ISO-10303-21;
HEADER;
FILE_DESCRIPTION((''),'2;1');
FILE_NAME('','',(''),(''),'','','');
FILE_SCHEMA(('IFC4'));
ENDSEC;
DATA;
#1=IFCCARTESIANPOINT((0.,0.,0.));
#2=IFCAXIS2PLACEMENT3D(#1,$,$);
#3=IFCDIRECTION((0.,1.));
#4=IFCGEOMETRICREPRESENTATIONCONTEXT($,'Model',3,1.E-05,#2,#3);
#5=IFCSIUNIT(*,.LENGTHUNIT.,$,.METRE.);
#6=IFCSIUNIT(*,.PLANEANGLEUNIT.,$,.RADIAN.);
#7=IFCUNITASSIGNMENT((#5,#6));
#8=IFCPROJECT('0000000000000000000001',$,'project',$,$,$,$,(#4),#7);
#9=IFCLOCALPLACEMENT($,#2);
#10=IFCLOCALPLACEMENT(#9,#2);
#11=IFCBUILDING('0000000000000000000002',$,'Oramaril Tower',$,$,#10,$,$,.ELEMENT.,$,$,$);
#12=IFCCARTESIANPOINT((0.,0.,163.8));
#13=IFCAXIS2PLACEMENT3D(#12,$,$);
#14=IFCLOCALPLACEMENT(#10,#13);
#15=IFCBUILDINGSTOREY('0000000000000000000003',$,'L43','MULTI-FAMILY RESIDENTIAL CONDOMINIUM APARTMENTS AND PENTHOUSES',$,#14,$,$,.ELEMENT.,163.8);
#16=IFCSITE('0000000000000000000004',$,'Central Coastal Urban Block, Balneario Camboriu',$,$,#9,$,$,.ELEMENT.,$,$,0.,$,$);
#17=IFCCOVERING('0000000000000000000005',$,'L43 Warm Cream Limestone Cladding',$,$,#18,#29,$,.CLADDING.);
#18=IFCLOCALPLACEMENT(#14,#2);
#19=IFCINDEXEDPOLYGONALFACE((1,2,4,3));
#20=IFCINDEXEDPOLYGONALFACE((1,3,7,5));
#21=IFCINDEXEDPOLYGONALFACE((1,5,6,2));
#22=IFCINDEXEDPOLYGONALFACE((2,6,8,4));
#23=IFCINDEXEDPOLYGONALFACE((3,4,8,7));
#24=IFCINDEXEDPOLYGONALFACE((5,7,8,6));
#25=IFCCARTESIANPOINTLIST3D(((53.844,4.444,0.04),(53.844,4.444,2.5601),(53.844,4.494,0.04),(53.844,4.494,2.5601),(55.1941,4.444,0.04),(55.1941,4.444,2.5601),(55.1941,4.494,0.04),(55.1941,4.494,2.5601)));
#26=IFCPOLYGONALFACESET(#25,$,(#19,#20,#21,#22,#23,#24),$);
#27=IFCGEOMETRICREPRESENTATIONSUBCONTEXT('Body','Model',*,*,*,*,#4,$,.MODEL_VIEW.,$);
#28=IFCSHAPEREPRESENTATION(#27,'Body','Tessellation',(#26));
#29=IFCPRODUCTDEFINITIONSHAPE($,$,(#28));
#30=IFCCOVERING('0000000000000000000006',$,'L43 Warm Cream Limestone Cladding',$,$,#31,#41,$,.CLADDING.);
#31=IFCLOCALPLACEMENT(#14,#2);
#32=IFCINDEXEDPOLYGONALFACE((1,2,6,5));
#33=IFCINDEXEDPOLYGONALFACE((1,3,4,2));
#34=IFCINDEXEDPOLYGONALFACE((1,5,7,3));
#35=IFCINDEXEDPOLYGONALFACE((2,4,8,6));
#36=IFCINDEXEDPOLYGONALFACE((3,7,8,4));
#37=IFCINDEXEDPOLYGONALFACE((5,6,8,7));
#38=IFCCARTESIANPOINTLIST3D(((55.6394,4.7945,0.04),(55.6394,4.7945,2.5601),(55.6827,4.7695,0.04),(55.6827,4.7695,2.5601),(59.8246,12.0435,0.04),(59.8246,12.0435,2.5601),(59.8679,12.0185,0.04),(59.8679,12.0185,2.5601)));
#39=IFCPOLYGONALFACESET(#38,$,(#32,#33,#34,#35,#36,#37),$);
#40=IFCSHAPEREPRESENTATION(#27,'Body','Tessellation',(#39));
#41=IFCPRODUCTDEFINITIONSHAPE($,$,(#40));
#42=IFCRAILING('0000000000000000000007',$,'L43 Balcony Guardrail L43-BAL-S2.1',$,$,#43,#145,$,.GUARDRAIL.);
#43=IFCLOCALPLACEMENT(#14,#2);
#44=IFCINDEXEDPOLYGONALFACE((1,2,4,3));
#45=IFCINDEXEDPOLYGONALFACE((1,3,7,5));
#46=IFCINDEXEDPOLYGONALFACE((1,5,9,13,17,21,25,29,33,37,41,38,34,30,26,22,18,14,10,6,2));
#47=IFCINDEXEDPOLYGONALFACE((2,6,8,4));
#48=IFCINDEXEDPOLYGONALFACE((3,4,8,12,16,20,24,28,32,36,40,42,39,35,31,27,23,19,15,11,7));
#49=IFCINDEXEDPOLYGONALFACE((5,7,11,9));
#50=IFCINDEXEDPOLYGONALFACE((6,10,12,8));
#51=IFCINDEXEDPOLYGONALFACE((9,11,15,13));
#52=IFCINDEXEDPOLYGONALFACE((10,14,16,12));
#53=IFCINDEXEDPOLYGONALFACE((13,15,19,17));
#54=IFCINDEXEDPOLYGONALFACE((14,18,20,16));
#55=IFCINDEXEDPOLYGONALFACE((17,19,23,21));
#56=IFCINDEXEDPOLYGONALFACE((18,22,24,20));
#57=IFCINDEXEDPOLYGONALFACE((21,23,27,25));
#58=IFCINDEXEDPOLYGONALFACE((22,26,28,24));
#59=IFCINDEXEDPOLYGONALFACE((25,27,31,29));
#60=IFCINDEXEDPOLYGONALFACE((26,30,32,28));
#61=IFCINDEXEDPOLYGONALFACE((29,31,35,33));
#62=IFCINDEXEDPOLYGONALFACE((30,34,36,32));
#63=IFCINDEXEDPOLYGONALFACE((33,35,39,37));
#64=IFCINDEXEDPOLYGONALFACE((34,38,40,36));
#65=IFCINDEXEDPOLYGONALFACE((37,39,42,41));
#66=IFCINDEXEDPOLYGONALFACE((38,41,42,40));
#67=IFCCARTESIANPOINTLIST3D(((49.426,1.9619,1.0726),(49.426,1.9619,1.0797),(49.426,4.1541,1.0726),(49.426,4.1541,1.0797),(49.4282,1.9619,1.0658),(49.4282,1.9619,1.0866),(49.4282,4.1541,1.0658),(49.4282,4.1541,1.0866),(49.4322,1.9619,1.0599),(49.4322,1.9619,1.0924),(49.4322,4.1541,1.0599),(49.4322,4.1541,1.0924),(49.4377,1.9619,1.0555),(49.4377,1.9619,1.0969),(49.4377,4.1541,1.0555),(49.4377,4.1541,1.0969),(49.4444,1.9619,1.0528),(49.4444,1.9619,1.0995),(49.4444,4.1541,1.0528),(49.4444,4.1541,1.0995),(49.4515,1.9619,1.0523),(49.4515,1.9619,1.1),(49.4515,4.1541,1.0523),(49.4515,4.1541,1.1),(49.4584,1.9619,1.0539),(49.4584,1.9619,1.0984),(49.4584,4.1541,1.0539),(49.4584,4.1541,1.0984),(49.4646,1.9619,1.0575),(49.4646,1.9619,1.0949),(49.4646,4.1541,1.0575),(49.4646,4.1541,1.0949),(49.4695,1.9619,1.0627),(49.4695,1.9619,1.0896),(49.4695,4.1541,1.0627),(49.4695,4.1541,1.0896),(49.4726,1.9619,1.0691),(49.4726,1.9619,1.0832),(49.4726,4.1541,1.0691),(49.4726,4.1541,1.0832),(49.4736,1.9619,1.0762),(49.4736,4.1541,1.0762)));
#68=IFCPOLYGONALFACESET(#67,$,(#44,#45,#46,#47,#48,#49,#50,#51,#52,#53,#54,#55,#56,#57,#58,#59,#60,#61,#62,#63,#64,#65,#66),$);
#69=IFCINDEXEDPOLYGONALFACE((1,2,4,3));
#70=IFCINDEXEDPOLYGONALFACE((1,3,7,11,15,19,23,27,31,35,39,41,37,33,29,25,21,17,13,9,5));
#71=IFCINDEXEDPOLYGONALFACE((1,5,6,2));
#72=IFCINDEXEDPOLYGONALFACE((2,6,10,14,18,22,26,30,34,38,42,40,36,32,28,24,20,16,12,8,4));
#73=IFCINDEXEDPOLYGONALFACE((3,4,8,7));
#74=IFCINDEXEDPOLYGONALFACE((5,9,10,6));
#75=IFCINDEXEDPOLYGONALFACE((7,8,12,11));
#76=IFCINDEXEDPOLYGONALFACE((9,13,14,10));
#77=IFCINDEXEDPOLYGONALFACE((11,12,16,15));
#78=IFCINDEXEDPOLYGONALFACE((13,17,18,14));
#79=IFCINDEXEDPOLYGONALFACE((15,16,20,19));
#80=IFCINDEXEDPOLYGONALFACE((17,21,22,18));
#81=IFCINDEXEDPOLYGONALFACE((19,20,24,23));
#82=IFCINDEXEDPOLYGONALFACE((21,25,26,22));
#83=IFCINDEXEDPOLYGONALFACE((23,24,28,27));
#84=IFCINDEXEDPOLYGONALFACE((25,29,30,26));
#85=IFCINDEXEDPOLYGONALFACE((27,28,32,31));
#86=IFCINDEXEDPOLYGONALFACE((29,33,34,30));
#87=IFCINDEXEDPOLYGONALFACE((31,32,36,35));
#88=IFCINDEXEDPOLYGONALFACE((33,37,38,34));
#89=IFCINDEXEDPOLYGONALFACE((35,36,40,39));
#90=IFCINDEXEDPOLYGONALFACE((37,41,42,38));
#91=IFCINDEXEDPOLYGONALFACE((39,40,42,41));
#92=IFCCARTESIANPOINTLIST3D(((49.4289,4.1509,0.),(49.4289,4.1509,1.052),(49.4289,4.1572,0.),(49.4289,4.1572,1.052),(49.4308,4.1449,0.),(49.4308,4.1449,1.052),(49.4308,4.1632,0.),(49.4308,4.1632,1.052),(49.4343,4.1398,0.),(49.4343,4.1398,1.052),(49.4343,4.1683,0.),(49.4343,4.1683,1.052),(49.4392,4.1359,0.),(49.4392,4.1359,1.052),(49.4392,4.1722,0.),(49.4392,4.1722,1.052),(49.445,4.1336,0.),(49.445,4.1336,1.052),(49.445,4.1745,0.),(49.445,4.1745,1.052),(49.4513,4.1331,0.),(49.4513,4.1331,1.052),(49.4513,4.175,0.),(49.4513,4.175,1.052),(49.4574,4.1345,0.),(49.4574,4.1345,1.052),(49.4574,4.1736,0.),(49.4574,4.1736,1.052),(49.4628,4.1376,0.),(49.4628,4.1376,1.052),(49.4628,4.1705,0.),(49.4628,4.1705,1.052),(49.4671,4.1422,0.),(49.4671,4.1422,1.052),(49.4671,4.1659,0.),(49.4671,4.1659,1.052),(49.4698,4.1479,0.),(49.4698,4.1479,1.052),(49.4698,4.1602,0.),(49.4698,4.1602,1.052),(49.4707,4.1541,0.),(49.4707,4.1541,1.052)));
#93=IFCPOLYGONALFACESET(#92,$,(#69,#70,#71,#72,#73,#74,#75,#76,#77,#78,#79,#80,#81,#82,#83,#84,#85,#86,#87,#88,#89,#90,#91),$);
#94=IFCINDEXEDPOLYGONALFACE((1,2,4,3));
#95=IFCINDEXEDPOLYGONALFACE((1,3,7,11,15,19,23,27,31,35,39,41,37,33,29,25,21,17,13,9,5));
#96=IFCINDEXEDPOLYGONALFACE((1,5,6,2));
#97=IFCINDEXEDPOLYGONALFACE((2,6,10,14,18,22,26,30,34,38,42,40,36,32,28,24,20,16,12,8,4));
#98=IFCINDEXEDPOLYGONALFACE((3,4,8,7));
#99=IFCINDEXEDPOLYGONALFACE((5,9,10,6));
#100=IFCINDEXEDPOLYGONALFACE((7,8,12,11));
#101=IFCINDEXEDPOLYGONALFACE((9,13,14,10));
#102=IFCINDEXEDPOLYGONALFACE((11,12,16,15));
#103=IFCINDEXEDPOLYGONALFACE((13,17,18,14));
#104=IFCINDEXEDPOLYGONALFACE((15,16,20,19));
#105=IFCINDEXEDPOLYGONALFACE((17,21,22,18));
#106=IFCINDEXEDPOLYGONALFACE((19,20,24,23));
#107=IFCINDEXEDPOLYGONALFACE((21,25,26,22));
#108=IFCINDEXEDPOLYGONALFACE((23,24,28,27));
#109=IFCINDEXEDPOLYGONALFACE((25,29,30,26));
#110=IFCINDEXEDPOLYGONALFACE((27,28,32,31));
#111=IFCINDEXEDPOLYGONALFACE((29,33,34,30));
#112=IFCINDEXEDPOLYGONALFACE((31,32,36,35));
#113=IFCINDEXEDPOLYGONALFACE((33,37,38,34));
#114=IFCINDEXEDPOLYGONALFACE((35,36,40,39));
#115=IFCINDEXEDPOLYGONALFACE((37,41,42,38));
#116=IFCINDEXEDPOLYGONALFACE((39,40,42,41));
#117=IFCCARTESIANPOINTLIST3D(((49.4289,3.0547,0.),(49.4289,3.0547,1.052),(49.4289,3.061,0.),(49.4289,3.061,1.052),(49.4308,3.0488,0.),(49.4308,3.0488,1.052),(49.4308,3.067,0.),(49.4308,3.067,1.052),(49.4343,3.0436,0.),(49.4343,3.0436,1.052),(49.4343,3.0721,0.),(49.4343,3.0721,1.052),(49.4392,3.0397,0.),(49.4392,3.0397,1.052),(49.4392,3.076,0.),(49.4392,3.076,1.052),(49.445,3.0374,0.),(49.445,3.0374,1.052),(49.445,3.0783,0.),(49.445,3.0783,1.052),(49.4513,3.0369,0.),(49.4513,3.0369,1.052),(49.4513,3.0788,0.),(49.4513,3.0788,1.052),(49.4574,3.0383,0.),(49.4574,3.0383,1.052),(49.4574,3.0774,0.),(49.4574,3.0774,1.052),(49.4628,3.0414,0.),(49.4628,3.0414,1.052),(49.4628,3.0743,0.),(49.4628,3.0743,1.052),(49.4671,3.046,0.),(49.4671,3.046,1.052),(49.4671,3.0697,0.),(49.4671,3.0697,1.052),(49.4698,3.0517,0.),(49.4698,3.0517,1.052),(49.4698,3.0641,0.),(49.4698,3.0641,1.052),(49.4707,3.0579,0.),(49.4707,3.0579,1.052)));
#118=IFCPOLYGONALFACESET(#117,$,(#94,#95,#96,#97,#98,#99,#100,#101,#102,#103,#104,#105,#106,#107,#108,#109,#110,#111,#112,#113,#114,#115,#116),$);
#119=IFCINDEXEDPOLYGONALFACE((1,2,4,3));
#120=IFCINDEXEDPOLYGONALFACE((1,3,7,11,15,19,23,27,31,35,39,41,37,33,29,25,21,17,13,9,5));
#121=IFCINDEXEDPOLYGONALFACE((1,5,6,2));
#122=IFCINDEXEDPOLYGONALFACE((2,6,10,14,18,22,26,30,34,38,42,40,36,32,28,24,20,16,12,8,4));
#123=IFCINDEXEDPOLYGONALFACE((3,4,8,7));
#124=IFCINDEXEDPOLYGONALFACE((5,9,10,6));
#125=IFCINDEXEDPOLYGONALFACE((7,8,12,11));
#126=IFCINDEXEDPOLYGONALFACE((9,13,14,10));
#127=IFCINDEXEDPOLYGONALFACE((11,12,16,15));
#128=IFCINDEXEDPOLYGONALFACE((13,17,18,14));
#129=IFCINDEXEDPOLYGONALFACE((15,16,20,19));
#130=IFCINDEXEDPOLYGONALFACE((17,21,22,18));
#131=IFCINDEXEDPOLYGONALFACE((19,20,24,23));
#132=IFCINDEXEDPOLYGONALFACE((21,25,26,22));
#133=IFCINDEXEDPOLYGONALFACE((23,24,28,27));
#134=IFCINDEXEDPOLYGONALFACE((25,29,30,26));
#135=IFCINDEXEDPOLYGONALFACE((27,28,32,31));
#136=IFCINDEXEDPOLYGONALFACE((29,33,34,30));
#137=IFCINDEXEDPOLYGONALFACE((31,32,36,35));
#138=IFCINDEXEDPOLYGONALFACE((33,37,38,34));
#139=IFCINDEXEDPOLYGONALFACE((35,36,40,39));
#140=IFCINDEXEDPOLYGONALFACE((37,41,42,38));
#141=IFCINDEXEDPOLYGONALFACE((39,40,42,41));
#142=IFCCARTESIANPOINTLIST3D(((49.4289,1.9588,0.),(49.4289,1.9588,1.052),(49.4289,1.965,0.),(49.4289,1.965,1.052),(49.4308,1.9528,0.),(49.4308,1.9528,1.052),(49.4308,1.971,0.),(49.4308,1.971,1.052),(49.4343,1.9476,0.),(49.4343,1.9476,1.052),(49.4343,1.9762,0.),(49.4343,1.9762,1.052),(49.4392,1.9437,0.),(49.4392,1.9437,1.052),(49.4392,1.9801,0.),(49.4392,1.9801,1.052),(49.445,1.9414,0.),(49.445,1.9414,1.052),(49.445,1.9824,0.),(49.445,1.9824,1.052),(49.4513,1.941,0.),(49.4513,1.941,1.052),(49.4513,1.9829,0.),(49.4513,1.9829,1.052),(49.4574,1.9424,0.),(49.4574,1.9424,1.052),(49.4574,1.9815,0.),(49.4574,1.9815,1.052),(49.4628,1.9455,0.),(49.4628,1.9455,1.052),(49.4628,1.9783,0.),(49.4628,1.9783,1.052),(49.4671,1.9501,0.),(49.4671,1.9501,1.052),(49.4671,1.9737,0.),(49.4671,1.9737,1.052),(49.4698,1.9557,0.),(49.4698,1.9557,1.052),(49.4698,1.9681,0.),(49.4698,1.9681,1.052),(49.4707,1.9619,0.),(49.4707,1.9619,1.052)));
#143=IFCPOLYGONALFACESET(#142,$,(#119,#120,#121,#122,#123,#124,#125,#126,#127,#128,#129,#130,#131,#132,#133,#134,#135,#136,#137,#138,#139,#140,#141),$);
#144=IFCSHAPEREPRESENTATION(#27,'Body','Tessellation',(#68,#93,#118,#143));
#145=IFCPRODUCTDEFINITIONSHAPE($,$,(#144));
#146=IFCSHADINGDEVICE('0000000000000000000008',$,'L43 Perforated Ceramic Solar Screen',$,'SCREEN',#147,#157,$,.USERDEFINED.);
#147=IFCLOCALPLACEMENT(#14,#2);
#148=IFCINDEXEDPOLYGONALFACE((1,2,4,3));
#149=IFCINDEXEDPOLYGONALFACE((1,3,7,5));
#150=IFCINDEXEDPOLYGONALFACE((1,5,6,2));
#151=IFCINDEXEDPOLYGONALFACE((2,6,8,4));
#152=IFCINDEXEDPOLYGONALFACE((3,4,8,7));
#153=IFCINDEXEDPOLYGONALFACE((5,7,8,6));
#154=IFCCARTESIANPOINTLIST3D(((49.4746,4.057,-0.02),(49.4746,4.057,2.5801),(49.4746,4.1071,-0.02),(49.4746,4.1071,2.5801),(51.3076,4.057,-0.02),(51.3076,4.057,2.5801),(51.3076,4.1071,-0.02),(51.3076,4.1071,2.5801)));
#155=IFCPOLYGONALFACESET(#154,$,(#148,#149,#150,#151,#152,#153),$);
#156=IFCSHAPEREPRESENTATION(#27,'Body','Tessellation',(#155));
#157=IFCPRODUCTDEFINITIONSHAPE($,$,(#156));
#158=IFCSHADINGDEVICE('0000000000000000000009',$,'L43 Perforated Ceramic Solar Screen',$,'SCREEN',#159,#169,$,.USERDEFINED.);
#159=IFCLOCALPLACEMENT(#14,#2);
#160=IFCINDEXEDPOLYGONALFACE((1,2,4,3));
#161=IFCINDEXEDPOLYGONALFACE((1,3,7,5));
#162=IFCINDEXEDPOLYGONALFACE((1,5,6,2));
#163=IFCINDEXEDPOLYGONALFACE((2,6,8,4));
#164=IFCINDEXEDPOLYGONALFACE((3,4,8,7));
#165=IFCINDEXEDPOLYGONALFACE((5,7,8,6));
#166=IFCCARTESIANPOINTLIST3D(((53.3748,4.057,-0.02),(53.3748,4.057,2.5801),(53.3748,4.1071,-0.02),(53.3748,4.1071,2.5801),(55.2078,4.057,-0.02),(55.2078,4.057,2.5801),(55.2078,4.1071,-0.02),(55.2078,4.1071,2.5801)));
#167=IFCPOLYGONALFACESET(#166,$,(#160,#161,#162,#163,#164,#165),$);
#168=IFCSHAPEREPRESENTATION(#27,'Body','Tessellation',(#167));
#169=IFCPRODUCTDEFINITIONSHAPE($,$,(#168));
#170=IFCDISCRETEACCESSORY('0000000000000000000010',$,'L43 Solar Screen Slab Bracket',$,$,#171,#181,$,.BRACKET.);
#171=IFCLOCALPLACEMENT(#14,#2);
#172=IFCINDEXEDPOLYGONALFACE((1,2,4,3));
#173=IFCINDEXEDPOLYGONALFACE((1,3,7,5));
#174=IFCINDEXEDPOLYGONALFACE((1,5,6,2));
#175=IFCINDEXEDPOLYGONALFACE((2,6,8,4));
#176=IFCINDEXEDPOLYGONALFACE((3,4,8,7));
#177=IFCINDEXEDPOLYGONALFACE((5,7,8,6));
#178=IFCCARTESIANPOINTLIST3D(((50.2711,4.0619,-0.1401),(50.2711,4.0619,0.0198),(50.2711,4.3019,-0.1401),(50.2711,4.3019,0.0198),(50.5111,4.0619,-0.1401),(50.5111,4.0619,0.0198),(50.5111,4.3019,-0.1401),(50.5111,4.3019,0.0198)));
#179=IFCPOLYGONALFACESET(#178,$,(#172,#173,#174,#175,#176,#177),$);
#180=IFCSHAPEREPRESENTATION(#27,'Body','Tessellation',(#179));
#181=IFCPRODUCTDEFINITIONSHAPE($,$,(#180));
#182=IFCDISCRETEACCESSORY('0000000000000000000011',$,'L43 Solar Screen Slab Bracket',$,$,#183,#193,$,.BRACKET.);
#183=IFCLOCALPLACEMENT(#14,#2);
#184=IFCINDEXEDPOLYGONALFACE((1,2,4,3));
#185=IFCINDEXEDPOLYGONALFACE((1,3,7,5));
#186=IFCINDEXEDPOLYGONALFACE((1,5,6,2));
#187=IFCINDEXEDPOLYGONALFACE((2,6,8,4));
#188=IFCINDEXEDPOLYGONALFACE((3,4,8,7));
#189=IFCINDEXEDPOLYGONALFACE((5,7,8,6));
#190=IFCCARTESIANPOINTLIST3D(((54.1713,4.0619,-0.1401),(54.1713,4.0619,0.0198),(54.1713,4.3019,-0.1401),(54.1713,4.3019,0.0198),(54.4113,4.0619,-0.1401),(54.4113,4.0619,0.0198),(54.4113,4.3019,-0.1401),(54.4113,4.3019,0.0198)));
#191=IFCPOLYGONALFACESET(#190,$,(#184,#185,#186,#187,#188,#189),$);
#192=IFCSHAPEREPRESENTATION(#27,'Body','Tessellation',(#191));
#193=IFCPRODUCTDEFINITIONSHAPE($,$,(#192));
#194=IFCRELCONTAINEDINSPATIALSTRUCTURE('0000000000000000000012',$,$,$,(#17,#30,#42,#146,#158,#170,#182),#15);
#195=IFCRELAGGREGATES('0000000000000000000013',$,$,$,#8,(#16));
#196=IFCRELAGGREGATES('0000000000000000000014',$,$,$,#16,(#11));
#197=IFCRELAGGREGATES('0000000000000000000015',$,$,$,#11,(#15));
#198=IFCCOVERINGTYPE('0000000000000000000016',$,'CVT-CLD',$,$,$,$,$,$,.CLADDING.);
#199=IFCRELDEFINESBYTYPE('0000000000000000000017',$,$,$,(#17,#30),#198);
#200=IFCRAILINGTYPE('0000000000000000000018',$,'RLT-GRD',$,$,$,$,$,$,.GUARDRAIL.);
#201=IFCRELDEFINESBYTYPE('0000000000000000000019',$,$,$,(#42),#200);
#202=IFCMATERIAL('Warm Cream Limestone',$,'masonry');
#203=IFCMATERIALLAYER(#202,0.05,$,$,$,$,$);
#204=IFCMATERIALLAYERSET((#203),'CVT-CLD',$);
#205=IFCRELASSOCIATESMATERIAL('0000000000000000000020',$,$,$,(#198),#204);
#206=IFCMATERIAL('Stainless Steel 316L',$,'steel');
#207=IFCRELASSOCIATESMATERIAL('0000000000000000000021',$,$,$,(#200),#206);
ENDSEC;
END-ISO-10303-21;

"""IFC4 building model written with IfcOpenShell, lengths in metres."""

from ifc_helpers import new_model, si_unit, direction, frame, origin, origin_2d, place, context, subcontext, project, spatial, rectangle, circle, extrude, material, layer, layer_set, type_object, element, save


model = new_model("IFC4")

# Units and contexts
model_context = context("Model", 3, precision=1e-05, world=origin(), true_north=direction((0.0, 1.0)))
body_context = subcontext(model_context, "Body", "Model", "MODEL_VIEW")
ifc_project = project(units=[si_unit("LENGTHUNIT", "METRE"), si_unit("PLANEANGLEUNIT", "RADIAN")], contexts=[model_context])

# Site, building, storey
site_placement = place(None, origin())
site = spatial("IfcSite", under=ifc_project, at=site_placement, Name="Central Coastal Urban Block, Balneario Camboriu", CompositionType="ELEMENT", RefElevation=0.0)
building_placement = place(site_placement, origin())
building = spatial("IfcBuilding", under=site, at=building_placement, Name="Oramaril Tower", CompositionType="ELEMENT")
storey_placement = place(building_placement, frame((0.0, 0.0, 163.8)))
storey = spatial("IfcBuildingStorey", under=building, at=storey_placement, Name="L43", Description="MULTI-FAMILY RESIDENTIAL CONDOMINIUM APARTMENTS AND PENTHOUSES", CompositionType="ELEMENT", Elevation=163.8)

# Coverings
ifc_material_1 = material(Name="Warm Cream Limestone", Category="masonry")
ifc_layer_1 = layer(ifc_material_1, 0.05)
ifc_layer_set_1 = layer_set([ifc_layer_1], Name="CVT-CLD")
covering_type = type_object("IfcCoveringType", Name="CVT-CLD", PredefinedType="CLADDING", material=ifc_layer_set_1)
covering_1_placement = place(storey_placement, frame((54.519, 4.469, 0.04), z_axis=(0.0, 0.0, 1.0), x_axis=(1.0, 0.0, 0.0)))
element("IfcCovering", 1, at=covering_1_placement, inside=storey, type_object=covering_type, Name="L43 Warm Cream Limestone Cladding", PredefinedType="CLADDING", context=body_context, shape_type="SweptSolid", body=[
    extrude(rectangle(XDim=1.3501, YDim=0.05, at=origin_2d()), origin(), (0.0, 0.0, 1.0), 2.52),
])
covering_2_placement = place(storey_placement, frame((57.7537, 8.4065, 0.04), z_axis=(0.0, 0.0, 1.0), x_axis=(0.5, 0.866025, 0.0)))
element("IfcCovering", 2, at=covering_2_placement, inside=storey, type_object=covering_type, Name="L43 Warm Cream Limestone Cladding", PredefinedType="CLADDING", context=body_context, shape_type="SweptSolid", body=[
    extrude(rectangle(XDim=8.3704, YDim=0.05, at=origin_2d()), origin(), (0.0, 0.0, 1.0), 2.52),
])

# Railing
ifc_material_2 = material(Name="Stainless Steel 316L", Category="steel")
railing_type = type_object("IfcRailingType", Name="RLT-GRD", PredefinedType="GUARDRAIL", material=ifc_material_2)
railing_1_placement = place(storey_placement, frame((49.4497, 4.1541, 0.0)))
element("IfcRailing", 3, at=railing_1_placement, inside=storey, type_object=railing_type, Name="L43 Balcony Guardrail L43-BAL-S2.1", PredefinedType="GUARDRAIL", context=body_context, shape_type="SweptSolid", body=[
    extrude(circle(Radius=0.0239, at=origin_2d()), frame((0.0, 0.0, 1.0762), z_axis=(0.0, -1.0, 0.0), x_axis=(1.0, 0.0, 0.0)), (0.0, 0.0, 1.0), 2.1921),
    extrude(circle(Radius=0.021, at=origin_2d()), origin(), (0.0, 0.0, 1.0), 1.052),
    extrude(circle(Radius=0.021, at=origin_2d()), frame((0.0, -1.0962, 0.0)), (0.0, 0.0, 1.0), 1.052),
    extrude(circle(Radius=0.021, at=origin_2d()), frame((0.0, -2.1921, 0.0)), (0.0, 0.0, 1.0), 1.052),
])

# Shading devices
for number, where, z_axis, x_axis, name in (
    (4, (50.3911, 4.082, -0.02), (0.0, 0.0, 1.0), (1.0, 0.0, 0.0), "L43 Perforated Ceramic Solar Screen"),
    (5, (54.2913, 4.082, -0.02), (0.0, 0.0, 1.0), (1.0, 0.0, 0.0), "L43 Perforated Ceramic Solar Screen"),
):
    element("IfcShadingDevice", number, at=place(storey_placement, frame(where, z_axis=z_axis, x_axis=x_axis)), inside=storey, Name=name, ObjectType="SCREEN", PredefinedType="USERDEFINED", context=body_context, shape_type="SweptSolid", body=[
        extrude(rectangle(XDim=1.833, YDim=0.05, at=origin_2d()), origin(), (0.0, 0.0, 1.0), 2.6001),
    ])

# Discrete accessories
for number, where, z_axis, x_axis, name in (
    (6, (50.3911, 4.1819, -0.1401), (0.0, 0.0, 1.0), (1.0, 0.0, 0.0), "L43 Solar Screen Slab Bracket"),
    (7, (54.2913, 4.1819, -0.1401), (0.0, 0.0, 1.0), (1.0, 0.0, 0.0), "L43 Solar Screen Slab Bracket"),
):
    element("IfcDiscreteAccessory", number, at=place(storey_placement, frame(where, z_axis=z_axis, x_axis=x_axis)), inside=storey, Name=name, PredefinedType="BRACKET", context=body_context, shape_type="SweptSolid", body=[
        extrude(rectangle(XDim=0.24, YDim=0.24, at=origin_2d()), origin(), (0.0, 0.0, 1.0), 0.1599),
    ])

save(model, "model.ifc")
